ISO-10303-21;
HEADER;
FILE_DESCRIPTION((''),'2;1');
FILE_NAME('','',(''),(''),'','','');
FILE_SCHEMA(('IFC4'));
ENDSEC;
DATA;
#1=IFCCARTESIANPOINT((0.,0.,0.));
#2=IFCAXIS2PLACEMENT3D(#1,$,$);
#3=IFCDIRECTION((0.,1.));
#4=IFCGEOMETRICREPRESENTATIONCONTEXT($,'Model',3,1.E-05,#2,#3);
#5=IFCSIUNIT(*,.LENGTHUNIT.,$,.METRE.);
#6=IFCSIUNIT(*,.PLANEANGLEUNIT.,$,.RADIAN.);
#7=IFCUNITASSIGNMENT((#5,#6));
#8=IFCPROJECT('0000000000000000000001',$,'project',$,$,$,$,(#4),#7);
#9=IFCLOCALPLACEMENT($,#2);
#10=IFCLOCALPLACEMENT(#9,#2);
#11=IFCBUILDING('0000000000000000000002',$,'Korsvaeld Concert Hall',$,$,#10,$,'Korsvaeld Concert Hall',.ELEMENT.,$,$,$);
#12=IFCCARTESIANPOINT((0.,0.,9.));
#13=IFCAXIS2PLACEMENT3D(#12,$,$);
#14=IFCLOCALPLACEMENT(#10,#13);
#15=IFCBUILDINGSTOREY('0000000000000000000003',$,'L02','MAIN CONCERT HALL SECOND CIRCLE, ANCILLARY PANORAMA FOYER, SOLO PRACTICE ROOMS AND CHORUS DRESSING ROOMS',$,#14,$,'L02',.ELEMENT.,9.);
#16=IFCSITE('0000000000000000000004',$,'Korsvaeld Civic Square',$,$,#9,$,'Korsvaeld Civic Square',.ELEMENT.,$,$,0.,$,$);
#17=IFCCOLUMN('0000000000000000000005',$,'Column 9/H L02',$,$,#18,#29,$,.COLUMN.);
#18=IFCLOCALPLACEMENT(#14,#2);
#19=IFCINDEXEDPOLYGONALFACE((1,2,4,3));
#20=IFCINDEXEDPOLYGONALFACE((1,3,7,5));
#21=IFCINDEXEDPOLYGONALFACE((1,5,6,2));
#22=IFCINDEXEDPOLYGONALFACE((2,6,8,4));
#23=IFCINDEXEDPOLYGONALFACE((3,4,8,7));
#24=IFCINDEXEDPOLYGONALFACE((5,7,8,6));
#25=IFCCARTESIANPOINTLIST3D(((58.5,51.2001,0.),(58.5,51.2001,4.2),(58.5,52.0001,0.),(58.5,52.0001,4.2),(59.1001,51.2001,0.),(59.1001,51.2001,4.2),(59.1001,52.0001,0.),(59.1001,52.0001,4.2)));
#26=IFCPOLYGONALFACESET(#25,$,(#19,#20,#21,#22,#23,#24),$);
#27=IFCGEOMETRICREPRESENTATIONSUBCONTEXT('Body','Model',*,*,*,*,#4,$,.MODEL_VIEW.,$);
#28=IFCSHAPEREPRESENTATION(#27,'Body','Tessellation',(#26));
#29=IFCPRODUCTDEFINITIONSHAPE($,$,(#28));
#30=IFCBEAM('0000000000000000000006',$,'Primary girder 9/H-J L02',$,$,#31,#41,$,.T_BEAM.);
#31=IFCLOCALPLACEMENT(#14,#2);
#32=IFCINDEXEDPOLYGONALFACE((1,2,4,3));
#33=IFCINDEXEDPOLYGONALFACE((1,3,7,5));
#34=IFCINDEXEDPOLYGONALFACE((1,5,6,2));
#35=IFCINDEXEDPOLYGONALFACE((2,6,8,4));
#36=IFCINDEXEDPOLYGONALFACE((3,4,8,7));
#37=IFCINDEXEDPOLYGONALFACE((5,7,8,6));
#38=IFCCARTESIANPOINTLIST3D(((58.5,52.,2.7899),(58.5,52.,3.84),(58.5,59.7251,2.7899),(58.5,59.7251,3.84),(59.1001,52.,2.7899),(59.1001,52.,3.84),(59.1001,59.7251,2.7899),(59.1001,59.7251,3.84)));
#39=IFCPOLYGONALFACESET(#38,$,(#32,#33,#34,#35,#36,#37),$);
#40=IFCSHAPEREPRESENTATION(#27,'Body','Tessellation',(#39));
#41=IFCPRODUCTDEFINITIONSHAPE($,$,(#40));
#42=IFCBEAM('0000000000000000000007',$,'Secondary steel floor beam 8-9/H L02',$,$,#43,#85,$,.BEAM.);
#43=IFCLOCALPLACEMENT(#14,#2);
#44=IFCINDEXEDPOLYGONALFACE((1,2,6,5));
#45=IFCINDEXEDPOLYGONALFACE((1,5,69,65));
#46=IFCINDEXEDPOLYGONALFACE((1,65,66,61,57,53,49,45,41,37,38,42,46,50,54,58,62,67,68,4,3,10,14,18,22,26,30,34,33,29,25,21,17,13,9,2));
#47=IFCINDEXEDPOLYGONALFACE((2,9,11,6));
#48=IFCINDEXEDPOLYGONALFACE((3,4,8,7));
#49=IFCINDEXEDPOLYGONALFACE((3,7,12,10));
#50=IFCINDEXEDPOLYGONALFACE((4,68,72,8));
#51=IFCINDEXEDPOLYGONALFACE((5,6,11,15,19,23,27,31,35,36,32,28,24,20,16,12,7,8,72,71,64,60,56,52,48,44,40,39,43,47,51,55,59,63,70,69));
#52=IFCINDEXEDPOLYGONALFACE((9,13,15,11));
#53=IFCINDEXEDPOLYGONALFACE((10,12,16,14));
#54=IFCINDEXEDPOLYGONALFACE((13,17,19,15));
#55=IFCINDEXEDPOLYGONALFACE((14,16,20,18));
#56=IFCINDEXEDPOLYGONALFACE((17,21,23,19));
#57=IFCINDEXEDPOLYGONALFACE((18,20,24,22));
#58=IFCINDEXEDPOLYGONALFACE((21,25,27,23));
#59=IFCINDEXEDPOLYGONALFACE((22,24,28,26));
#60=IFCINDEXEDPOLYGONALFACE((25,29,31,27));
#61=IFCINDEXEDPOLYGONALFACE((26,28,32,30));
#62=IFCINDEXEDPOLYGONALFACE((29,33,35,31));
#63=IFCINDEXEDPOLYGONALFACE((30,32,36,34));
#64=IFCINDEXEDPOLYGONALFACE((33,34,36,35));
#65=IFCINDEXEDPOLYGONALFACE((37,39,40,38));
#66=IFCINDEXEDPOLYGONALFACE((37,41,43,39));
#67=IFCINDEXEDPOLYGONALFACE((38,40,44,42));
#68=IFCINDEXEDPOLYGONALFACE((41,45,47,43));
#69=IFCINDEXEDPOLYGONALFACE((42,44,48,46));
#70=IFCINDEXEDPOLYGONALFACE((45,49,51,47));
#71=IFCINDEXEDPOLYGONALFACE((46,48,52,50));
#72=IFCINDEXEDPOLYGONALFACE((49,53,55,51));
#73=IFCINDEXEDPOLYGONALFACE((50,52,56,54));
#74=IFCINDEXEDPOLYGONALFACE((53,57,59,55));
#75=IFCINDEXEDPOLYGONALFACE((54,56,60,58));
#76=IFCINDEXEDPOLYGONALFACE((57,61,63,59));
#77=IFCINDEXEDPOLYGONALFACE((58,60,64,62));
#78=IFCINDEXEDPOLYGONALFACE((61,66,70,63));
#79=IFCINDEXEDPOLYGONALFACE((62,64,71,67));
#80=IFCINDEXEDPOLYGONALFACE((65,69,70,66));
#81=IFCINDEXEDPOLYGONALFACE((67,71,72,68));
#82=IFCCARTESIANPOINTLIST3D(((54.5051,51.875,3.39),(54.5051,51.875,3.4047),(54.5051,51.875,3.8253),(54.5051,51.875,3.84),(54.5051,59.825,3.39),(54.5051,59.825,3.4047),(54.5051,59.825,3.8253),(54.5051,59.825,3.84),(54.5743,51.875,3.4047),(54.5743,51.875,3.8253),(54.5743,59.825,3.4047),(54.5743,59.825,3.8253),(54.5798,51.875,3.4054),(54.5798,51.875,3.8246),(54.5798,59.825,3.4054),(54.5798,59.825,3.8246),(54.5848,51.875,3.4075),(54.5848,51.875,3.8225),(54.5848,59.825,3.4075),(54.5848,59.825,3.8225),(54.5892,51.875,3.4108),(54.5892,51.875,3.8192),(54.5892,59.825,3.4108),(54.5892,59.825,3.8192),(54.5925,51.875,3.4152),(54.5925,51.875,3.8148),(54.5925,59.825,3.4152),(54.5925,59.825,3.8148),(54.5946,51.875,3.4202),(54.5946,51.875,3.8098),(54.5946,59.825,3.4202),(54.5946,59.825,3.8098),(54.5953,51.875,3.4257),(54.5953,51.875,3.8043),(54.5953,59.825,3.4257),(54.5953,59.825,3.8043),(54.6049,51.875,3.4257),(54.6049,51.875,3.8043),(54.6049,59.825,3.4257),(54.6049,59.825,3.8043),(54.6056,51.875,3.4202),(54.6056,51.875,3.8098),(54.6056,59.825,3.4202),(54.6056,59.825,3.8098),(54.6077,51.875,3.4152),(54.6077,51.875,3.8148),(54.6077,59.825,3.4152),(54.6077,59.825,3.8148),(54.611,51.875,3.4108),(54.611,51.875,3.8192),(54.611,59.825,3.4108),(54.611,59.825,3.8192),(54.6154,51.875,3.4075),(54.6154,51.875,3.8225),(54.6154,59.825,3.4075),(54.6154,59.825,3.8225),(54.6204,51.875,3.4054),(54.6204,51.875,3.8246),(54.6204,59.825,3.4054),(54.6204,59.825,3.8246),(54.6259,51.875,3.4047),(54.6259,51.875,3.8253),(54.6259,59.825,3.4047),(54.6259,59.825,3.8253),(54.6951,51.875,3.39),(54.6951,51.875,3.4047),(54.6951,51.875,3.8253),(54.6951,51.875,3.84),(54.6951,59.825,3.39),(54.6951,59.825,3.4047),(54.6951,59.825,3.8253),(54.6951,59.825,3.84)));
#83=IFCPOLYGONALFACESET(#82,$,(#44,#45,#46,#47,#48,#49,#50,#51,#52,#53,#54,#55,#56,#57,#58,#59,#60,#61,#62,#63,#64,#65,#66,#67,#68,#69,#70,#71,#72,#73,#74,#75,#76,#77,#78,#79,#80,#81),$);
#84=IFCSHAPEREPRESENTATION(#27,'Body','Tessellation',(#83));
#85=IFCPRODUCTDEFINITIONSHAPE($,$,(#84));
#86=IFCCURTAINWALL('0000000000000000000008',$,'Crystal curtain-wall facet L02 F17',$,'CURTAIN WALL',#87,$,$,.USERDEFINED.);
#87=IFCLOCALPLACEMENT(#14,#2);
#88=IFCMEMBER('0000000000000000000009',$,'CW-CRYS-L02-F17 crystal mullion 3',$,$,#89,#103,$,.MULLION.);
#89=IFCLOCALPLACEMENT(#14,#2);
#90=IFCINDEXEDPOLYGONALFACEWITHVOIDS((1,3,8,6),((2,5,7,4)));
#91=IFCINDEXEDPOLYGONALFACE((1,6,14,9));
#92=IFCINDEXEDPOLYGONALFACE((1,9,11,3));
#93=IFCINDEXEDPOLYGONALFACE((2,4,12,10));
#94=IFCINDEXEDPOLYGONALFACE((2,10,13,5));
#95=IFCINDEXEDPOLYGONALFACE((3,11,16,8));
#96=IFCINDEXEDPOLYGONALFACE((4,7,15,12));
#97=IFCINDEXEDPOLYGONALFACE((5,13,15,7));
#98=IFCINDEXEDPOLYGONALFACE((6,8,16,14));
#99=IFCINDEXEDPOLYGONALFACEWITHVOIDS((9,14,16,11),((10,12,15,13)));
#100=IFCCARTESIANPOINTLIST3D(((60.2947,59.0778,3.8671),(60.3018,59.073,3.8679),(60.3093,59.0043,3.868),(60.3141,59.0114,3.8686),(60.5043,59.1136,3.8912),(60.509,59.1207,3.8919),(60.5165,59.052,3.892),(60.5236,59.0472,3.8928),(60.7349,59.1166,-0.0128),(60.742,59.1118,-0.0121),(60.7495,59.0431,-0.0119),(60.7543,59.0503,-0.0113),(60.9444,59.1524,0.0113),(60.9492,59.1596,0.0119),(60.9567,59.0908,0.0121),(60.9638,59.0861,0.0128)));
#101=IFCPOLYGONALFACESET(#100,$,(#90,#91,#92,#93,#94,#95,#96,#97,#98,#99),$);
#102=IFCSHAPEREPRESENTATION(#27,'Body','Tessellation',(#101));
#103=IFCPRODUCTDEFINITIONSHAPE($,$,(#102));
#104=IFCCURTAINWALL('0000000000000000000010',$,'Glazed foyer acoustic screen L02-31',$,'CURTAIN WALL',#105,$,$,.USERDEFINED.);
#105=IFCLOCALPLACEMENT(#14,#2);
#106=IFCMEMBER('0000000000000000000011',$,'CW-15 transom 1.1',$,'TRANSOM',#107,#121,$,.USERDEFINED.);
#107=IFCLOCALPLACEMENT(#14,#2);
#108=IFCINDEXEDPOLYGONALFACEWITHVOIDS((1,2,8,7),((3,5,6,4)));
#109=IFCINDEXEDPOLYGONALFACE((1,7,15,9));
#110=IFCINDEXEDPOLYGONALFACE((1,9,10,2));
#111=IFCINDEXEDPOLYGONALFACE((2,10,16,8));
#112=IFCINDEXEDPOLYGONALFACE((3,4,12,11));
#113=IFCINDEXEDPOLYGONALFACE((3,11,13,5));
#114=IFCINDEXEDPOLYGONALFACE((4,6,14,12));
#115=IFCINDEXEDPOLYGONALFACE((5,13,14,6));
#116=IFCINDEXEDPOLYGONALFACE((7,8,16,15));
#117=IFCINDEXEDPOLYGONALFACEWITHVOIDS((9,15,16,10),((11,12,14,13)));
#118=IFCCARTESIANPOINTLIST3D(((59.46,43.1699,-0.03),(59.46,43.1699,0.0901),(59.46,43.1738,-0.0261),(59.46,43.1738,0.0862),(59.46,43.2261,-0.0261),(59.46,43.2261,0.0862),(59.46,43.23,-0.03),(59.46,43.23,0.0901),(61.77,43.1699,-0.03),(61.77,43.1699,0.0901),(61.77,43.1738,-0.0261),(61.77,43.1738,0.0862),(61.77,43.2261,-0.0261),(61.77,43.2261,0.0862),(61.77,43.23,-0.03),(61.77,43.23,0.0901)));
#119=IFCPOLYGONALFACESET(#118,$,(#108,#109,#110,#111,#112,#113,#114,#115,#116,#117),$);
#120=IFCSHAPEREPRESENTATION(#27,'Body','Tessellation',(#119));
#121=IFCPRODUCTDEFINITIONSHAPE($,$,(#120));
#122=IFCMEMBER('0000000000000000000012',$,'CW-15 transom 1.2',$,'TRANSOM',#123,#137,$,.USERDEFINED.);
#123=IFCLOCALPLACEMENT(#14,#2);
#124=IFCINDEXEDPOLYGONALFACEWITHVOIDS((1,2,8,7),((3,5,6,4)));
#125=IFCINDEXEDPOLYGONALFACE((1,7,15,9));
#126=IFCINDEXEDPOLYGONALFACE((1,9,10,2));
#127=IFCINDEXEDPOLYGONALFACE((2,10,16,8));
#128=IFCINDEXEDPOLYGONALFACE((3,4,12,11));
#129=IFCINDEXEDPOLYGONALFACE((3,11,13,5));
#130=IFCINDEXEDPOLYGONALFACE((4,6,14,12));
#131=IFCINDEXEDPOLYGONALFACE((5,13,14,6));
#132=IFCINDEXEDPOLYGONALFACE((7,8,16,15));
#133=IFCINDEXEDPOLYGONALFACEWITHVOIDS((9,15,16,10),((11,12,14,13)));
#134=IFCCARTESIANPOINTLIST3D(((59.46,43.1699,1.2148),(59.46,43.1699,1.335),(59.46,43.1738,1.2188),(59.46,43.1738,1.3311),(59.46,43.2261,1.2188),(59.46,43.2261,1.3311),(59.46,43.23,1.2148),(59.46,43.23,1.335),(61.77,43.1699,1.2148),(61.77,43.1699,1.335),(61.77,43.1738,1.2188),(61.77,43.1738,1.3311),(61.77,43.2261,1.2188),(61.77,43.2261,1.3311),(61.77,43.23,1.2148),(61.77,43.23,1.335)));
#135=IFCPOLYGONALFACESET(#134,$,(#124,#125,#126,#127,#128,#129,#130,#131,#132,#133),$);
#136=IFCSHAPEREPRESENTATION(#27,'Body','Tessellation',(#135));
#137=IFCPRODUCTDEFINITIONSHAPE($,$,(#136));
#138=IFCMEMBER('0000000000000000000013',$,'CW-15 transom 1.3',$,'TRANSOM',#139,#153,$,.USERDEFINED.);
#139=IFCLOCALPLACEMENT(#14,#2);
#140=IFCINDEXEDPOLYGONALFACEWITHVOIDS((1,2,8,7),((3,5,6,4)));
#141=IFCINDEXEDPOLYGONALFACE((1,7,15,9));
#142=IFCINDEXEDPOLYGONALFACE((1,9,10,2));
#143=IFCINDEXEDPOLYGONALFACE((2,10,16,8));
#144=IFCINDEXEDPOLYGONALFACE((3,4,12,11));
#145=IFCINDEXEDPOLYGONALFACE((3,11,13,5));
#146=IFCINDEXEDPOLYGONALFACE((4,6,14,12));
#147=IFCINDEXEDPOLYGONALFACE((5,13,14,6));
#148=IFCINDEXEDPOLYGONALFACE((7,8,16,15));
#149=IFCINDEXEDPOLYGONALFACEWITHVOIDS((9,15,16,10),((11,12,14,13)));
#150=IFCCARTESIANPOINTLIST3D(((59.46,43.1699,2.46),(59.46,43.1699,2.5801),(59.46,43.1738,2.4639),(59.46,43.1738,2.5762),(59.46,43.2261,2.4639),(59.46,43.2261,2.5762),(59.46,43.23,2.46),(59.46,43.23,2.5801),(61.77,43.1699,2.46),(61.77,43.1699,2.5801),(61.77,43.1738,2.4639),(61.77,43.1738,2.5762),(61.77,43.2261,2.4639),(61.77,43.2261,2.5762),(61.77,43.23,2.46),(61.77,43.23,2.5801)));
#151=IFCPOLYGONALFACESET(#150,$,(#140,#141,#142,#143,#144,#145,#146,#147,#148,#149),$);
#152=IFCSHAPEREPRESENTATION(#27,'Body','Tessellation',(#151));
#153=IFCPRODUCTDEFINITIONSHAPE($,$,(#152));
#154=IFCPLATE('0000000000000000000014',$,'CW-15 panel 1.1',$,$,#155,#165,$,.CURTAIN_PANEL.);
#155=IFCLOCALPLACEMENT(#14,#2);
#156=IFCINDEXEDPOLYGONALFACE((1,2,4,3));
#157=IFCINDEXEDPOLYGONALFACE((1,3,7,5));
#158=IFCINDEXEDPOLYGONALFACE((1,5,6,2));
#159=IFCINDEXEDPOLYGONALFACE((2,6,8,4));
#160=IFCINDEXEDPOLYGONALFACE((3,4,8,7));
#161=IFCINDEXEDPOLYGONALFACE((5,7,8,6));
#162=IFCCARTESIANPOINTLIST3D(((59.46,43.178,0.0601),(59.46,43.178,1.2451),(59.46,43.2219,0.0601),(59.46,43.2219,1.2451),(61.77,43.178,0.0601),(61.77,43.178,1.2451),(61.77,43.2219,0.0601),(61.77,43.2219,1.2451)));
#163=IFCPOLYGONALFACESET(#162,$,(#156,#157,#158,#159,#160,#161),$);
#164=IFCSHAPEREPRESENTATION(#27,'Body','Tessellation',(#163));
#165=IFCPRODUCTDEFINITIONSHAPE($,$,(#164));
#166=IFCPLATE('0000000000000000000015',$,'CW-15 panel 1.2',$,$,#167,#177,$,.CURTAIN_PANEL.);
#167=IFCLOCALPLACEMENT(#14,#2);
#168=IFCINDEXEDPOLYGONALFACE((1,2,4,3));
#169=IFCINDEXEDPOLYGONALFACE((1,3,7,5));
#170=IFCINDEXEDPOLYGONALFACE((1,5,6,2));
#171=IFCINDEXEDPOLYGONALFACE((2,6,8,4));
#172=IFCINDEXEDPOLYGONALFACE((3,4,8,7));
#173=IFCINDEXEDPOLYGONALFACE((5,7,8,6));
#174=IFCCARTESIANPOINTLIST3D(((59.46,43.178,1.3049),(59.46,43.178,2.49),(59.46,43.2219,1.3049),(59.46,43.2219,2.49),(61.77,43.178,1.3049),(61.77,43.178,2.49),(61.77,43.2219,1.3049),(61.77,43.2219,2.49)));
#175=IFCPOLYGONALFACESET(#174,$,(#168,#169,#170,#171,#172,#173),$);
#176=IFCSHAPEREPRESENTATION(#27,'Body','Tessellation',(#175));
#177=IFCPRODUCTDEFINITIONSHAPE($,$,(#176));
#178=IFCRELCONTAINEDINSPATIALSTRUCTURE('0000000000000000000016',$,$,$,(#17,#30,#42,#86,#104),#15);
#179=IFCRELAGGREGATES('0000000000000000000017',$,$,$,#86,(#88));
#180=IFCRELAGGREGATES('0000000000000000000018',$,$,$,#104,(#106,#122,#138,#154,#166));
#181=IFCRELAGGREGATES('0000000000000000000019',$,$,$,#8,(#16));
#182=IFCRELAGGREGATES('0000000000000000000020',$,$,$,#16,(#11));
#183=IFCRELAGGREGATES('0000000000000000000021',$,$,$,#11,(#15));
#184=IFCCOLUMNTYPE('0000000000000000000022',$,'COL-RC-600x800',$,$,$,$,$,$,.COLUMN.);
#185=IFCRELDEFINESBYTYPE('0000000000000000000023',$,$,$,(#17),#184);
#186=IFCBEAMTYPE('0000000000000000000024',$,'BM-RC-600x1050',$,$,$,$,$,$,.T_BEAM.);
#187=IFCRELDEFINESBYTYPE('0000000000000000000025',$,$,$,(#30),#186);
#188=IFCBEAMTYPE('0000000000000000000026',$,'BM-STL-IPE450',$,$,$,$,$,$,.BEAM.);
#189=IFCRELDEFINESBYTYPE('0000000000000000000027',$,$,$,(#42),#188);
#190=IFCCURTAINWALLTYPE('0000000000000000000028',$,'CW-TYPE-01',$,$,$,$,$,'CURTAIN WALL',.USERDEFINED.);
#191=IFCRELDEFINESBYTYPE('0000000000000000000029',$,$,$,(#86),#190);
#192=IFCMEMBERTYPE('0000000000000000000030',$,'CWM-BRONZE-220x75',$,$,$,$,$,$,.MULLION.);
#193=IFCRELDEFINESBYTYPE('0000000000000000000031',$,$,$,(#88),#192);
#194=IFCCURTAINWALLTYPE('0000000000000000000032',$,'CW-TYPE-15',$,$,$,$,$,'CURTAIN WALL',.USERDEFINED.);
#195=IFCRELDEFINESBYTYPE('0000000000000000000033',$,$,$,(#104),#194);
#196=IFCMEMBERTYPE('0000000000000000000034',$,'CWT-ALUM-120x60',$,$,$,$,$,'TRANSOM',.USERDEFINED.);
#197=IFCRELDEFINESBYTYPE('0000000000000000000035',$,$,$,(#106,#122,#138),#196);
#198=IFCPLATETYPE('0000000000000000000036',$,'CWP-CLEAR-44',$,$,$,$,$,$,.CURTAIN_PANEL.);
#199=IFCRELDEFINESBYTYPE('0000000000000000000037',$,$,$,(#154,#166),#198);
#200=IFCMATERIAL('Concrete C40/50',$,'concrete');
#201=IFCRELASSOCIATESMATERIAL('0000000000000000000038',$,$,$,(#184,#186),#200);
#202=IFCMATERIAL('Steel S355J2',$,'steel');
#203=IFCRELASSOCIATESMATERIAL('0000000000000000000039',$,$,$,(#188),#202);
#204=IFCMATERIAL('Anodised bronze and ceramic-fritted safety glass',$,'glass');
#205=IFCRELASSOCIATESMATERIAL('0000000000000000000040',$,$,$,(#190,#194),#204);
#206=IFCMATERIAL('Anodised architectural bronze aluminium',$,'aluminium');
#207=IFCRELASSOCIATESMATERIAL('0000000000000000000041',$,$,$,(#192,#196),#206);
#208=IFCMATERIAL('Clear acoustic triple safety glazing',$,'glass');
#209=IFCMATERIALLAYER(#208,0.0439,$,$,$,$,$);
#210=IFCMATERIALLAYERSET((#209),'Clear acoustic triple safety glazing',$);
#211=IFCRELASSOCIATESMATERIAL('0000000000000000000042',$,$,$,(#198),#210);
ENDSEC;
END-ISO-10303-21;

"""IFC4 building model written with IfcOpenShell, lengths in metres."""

from ifc_helpers import new_model, si_unit, direction, frame, origin, origin_2d, place, context, subcontext, project, spatial, rectangle, hollow_rectangle, i_section, extrude, material, layer, layer_set, material_profile, profile_set, type_object, element, aggregate, save


model = new_model("IFC4")

# Units and contexts
model_context = context("Model", 3, precision=1e-05, world=origin(), true_north=direction((0.0, 1.0)))
body_context = subcontext(model_context, "Body", "Model", "MODEL_VIEW")
ifc_project = project(units=[si_unit("LENGTHUNIT", "METRE"), si_unit("PLANEANGLEUNIT", "RADIAN")], contexts=[model_context])

# Site, building, storey
site_placement = place(None, origin())
site = spatial("IfcSite", under=ifc_project, at=site_placement, Name="Korsvaeld Civic Square", LongName="Korsvaeld Civic Square", CompositionType="ELEMENT", RefElevation=0.0)
building_placement = place(site_placement, origin())
building = spatial("IfcBuilding", under=site, at=building_placement, Name="Korsvaeld Concert Hall", LongName="Korsvaeld Concert Hall", CompositionType="ELEMENT")
storey_placement = place(building_placement, frame((0.0, 0.0, 9.0)))
storey = spatial("IfcBuildingStorey", under=building, at=storey_placement, Name="L02", Description="MAIN CONCERT HALL SECOND CIRCLE, ANCILLARY PANORAMA FOYER, SOLO PRACTICE ROOMS AND CHORUS DRESSING ROOMS", LongName="L02", CompositionType="ELEMENT", Elevation=9.0)

# Column
ifc_material_1 = material(Name="Concrete C40/50", Category="concrete")
ifc_material_profile_1 = material_profile(ifc_material_1, rectangle(XDim=0.6001, YDim=0.8, at=origin_2d()), Name="RC 600x800")
ifc_profile_set_1 = profile_set([ifc_material_profile_1], Name="Concrete C40/50")
column_type = type_object("IfcColumnType", Name="COL-RC-600x800", PredefinedType="COLUMN", material=ifc_profile_set_1)
column_placement = place(storey_placement, frame((58.8, 51.6001, 0.0), z_axis=(0.0, 0.0, 1.0), x_axis=(1.0, 0.0, 0.0)))
element("IfcColumn", 1, at=column_placement, inside=storey, type_object=column_type, Name="Column 9/H L02", PredefinedType="COLUMN", context=body_context, shape_type="SweptSolid", body=[
    extrude(rectangle(XDim=0.6001, YDim=0.8, at=origin_2d()), origin(), (0.0, 0.0, 1.0), 4.2),
])

# Beams
ifc_material_profile_2 = material_profile(ifc_material_1, rectangle(XDim=0.6001, YDim=1.05, at=origin_2d()), Name="RC 600x1050")
ifc_profile_set_2 = profile_set([ifc_material_profile_2], Name="Concrete C40/50")
beam_type_1 = type_object("IfcBeamType", Name="BM-RC-600x1050", PredefinedType="T_BEAM", material=ifc_profile_set_2)
beam_1_placement = place(storey_placement, frame((58.8, 52.0, 3.3149), z_axis=(0.0, 1.0, 0.0), x_axis=(-1.0, 0.0, 0.0)))
element("IfcBeam", 2, at=beam_1_placement, inside=storey, type_object=beam_type_1, Name="Primary girder 9/H-J L02", PredefinedType="T_BEAM", context=body_context, shape_type="SweptSolid", body=[
    extrude(rectangle(XDim=0.6001, YDim=1.05, at=origin_2d()), origin(), (0.0, 0.0, 1.0), 7.7251),
])
ifc_material_2 = material(Name="Steel S355J2", Category="steel")
ifc_material_profile_3 = material_profile(ifc_material_2, i_section(OverallWidth=0.1899, OverallDepth=0.45, WebThickness=0.0095, FlangeThickness=0.0146, FilletRadius=0.021, at=origin_2d()), Name="IPE 450")
ifc_profile_set_3 = profile_set([ifc_material_profile_3], Name="Steel S355J2")
beam_type_2 = type_object("IfcBeamType", Name="BM-STL-IPE450", PredefinedType="BEAM", material=ifc_profile_set_3)
beam_2_placement = place(storey_placement, frame((54.6001, 51.875, 3.615), z_axis=(0.0, 1.0, 0.0), x_axis=(-1.0, 0.0, 0.0)))
element("IfcBeam", 3, at=beam_2_placement, inside=storey, type_object=beam_type_2, Name="Secondary steel floor beam 8-9/H L02", PredefinedType="BEAM", context=body_context, shape_type="SweptSolid", body=[
    extrude(i_section(OverallWidth=0.1899, OverallDepth=0.45, WebThickness=0.0095, FlangeThickness=0.0146, FilletRadius=0.021, at=origin_2d()), origin(), (0.0, 0.0, 1.0), 7.95),
])

# Curtain wall, member
ifc_material_3 = material(Name="Anodised bronze and ceramic-fritted safety glass", Category="glass")
curtain_wall_type_1 = type_object("IfcCurtainWallType", Name="CW-TYPE-01", ElementType="CURTAIN WALL", PredefinedType="USERDEFINED", material=ifc_material_3)
curtain_wall_1_placement = place(storey_placement, origin())
curtain_wall_1 = element("IfcCurtainWall", 4, at=curtain_wall_1_placement, inside=storey, type_object=curtain_wall_type_1, Name="Crystal curtain-wall facet L02 F17", ObjectType="CURTAIN WALL", PredefinedType="USERDEFINED")
ifc_material_4 = material(Name="Anodised architectural bronze aluminium", Category="aluminium")
ifc_material_profile_4 = material_profile(ifc_material_4, hollow_rectangle(XDim=0.075, YDim=0.22, WallThickness=0.0061, at=origin_2d()), Name="CWM 220x75x6")
ifc_profile_set_4 = profile_set([ifc_material_profile_4], Name="Anodised architectural bronze aluminium")
member_type_1 = type_object("IfcMemberType", Name="CWM-BRONZE-220x75", PredefinedType="MULLION", material=ifc_profile_set_4)
member_1_placement = place(storey_placement, frame((60.8494, 59.1013, 0.0), z_axis=(-0.112725, -0.009941, 0.993577), x_axis=(0.1952, -0.980686, 0.012334)))
member_1 = element("IfcMember", 5, at=member_1_placement, type_object=member_type_1, Name="CW-CRYS-L02-F17 crystal mullion 3", PredefinedType="MULLION", context=body_context, shape_type="SweptSolid", body=[
    extrude(hollow_rectangle(XDim=0.075, YDim=0.22, WallThickness=0.0061, at=origin_2d()), origin(), (0.0, 0.0, 1.0), 3.905),
])
aggregate(curtain_wall_1, [member_1])

# Curtain wall, members, plates
curtain_wall_type_2 = type_object("IfcCurtainWallType", Name="CW-TYPE-15", ElementType="CURTAIN WALL", PredefinedType="USERDEFINED", material=ifc_material_3)
curtain_wall_2_placement = place(storey_placement, origin())
curtain_wall_2 = element("IfcCurtainWall", 6, at=curtain_wall_2_placement, inside=storey, type_object=curtain_wall_type_2, Name="Glazed foyer acoustic screen L02-31", ObjectType="CURTAIN WALL", PredefinedType="USERDEFINED")
ifc_material_profile_5 = material_profile(ifc_material_4, hollow_rectangle(XDim=0.0601, YDim=0.1201, WallThickness=0.0039, at=origin_2d()), Name="CWT 120x60x4")
ifc_profile_set_5 = profile_set([ifc_material_profile_5], Name="Anodised architectural bronze aluminium")
member_type_2 = type_object("IfcMemberType", Name="CWT-ALUM-120x60", ElementType="TRANSOM", PredefinedType="USERDEFINED", material=ifc_profile_set_5)
member_2_placement = place(storey_placement, frame((59.46, 43.2, 0.03), z_axis=(1.0, 0.0, 0.0), x_axis=(0.0, 1.0, 0.0)))
member_2 = element("IfcMember", 7, at=member_2_placement, type_object=member_type_2, Name="CW-15 transom 1.1", ObjectType="TRANSOM", PredefinedType="USERDEFINED", context=body_context, shape_type="SweptSolid", body=[
    extrude(hollow_rectangle(XDim=0.0601, YDim=0.1201, WallThickness=0.0039, at=origin_2d()), origin(), (0.0, 0.0, 1.0), 2.3101),
])
member_3_placement = place(storey_placement, frame((59.46, 43.2, 1.2749), z_axis=(1.0, 0.0, 0.0), x_axis=(0.0, 1.0, 0.0)))
member_3 = element("IfcMember", 8, at=member_3_placement, type_object=member_type_2, Name="CW-15 transom 1.2", ObjectType="TRANSOM", PredefinedType="USERDEFINED", context=body_context, shape_type="SweptSolid", body=[
    extrude(hollow_rectangle(XDim=0.0601, YDim=0.1201, WallThickness=0.0039, at=origin_2d()), origin(), (0.0, 0.0, 1.0), 2.3101),
])
member_4_placement = place(storey_placement, frame((59.46, 43.2, 2.52), z_axis=(1.0, 0.0, 0.0), x_axis=(0.0, 1.0, 0.0)))
member_4 = element("IfcMember", 9, at=member_4_placement, type_object=member_type_2, Name="CW-15 transom 1.3", ObjectType="TRANSOM", PredefinedType="USERDEFINED", context=body_context, shape_type="SweptSolid", body=[
    extrude(hollow_rectangle(XDim=0.0601, YDim=0.1201, WallThickness=0.0039, at=origin_2d()), origin(), (0.0, 0.0, 1.0), 2.3101),
])
ifc_material_5 = material(Name="Clear acoustic triple safety glazing", Category="glass")
ifc_layer_1 = layer(ifc_material_5, 0.0439)
ifc_layer_set_1 = layer_set([ifc_layer_1], Name="Clear acoustic triple safety glazing")
plate_type = type_object("IfcPlateType", Name="CWP-CLEAR-44", PredefinedType="CURTAIN_PANEL", material=ifc_layer_set_1)
plate_1_placement = place(storey_placement, frame((60.615, 43.2, 0.0601), z_axis=(0.0, 0.0, 1.0), x_axis=(1.0, 0.0, 0.0)))
plate_1 = element("IfcPlate", 10, at=plate_1_placement, type_object=plate_type, Name="CW-15 panel 1.1", PredefinedType="CURTAIN_PANEL", context=body_context, shape_type="SweptSolid", body=[
    extrude(rectangle(XDim=2.3101, YDim=0.0439, at=origin_2d()), origin(), (0.0, 0.0, 1.0), 1.1851),
])
plate_2_placement = place(storey_placement, frame((60.615, 43.2, 1.3049), z_axis=(0.0, 0.0, 1.0), x_axis=(1.0, 0.0, 0.0)))
plate_2 = element("IfcPlate", 11, at=plate_2_placement, type_object=plate_type, Name="CW-15 panel 1.2", PredefinedType="CURTAIN_PANEL", context=body_context, shape_type="SweptSolid", body=[
    extrude(rectangle(XDim=2.3101, YDim=0.0439, at=origin_2d()), origin(), (0.0, 0.0, 1.0), 1.1851),
])
aggregate(curtain_wall_2, [member_2, member_3, member_4, plate_1, plate_2])

save(model, "model.ifc")
